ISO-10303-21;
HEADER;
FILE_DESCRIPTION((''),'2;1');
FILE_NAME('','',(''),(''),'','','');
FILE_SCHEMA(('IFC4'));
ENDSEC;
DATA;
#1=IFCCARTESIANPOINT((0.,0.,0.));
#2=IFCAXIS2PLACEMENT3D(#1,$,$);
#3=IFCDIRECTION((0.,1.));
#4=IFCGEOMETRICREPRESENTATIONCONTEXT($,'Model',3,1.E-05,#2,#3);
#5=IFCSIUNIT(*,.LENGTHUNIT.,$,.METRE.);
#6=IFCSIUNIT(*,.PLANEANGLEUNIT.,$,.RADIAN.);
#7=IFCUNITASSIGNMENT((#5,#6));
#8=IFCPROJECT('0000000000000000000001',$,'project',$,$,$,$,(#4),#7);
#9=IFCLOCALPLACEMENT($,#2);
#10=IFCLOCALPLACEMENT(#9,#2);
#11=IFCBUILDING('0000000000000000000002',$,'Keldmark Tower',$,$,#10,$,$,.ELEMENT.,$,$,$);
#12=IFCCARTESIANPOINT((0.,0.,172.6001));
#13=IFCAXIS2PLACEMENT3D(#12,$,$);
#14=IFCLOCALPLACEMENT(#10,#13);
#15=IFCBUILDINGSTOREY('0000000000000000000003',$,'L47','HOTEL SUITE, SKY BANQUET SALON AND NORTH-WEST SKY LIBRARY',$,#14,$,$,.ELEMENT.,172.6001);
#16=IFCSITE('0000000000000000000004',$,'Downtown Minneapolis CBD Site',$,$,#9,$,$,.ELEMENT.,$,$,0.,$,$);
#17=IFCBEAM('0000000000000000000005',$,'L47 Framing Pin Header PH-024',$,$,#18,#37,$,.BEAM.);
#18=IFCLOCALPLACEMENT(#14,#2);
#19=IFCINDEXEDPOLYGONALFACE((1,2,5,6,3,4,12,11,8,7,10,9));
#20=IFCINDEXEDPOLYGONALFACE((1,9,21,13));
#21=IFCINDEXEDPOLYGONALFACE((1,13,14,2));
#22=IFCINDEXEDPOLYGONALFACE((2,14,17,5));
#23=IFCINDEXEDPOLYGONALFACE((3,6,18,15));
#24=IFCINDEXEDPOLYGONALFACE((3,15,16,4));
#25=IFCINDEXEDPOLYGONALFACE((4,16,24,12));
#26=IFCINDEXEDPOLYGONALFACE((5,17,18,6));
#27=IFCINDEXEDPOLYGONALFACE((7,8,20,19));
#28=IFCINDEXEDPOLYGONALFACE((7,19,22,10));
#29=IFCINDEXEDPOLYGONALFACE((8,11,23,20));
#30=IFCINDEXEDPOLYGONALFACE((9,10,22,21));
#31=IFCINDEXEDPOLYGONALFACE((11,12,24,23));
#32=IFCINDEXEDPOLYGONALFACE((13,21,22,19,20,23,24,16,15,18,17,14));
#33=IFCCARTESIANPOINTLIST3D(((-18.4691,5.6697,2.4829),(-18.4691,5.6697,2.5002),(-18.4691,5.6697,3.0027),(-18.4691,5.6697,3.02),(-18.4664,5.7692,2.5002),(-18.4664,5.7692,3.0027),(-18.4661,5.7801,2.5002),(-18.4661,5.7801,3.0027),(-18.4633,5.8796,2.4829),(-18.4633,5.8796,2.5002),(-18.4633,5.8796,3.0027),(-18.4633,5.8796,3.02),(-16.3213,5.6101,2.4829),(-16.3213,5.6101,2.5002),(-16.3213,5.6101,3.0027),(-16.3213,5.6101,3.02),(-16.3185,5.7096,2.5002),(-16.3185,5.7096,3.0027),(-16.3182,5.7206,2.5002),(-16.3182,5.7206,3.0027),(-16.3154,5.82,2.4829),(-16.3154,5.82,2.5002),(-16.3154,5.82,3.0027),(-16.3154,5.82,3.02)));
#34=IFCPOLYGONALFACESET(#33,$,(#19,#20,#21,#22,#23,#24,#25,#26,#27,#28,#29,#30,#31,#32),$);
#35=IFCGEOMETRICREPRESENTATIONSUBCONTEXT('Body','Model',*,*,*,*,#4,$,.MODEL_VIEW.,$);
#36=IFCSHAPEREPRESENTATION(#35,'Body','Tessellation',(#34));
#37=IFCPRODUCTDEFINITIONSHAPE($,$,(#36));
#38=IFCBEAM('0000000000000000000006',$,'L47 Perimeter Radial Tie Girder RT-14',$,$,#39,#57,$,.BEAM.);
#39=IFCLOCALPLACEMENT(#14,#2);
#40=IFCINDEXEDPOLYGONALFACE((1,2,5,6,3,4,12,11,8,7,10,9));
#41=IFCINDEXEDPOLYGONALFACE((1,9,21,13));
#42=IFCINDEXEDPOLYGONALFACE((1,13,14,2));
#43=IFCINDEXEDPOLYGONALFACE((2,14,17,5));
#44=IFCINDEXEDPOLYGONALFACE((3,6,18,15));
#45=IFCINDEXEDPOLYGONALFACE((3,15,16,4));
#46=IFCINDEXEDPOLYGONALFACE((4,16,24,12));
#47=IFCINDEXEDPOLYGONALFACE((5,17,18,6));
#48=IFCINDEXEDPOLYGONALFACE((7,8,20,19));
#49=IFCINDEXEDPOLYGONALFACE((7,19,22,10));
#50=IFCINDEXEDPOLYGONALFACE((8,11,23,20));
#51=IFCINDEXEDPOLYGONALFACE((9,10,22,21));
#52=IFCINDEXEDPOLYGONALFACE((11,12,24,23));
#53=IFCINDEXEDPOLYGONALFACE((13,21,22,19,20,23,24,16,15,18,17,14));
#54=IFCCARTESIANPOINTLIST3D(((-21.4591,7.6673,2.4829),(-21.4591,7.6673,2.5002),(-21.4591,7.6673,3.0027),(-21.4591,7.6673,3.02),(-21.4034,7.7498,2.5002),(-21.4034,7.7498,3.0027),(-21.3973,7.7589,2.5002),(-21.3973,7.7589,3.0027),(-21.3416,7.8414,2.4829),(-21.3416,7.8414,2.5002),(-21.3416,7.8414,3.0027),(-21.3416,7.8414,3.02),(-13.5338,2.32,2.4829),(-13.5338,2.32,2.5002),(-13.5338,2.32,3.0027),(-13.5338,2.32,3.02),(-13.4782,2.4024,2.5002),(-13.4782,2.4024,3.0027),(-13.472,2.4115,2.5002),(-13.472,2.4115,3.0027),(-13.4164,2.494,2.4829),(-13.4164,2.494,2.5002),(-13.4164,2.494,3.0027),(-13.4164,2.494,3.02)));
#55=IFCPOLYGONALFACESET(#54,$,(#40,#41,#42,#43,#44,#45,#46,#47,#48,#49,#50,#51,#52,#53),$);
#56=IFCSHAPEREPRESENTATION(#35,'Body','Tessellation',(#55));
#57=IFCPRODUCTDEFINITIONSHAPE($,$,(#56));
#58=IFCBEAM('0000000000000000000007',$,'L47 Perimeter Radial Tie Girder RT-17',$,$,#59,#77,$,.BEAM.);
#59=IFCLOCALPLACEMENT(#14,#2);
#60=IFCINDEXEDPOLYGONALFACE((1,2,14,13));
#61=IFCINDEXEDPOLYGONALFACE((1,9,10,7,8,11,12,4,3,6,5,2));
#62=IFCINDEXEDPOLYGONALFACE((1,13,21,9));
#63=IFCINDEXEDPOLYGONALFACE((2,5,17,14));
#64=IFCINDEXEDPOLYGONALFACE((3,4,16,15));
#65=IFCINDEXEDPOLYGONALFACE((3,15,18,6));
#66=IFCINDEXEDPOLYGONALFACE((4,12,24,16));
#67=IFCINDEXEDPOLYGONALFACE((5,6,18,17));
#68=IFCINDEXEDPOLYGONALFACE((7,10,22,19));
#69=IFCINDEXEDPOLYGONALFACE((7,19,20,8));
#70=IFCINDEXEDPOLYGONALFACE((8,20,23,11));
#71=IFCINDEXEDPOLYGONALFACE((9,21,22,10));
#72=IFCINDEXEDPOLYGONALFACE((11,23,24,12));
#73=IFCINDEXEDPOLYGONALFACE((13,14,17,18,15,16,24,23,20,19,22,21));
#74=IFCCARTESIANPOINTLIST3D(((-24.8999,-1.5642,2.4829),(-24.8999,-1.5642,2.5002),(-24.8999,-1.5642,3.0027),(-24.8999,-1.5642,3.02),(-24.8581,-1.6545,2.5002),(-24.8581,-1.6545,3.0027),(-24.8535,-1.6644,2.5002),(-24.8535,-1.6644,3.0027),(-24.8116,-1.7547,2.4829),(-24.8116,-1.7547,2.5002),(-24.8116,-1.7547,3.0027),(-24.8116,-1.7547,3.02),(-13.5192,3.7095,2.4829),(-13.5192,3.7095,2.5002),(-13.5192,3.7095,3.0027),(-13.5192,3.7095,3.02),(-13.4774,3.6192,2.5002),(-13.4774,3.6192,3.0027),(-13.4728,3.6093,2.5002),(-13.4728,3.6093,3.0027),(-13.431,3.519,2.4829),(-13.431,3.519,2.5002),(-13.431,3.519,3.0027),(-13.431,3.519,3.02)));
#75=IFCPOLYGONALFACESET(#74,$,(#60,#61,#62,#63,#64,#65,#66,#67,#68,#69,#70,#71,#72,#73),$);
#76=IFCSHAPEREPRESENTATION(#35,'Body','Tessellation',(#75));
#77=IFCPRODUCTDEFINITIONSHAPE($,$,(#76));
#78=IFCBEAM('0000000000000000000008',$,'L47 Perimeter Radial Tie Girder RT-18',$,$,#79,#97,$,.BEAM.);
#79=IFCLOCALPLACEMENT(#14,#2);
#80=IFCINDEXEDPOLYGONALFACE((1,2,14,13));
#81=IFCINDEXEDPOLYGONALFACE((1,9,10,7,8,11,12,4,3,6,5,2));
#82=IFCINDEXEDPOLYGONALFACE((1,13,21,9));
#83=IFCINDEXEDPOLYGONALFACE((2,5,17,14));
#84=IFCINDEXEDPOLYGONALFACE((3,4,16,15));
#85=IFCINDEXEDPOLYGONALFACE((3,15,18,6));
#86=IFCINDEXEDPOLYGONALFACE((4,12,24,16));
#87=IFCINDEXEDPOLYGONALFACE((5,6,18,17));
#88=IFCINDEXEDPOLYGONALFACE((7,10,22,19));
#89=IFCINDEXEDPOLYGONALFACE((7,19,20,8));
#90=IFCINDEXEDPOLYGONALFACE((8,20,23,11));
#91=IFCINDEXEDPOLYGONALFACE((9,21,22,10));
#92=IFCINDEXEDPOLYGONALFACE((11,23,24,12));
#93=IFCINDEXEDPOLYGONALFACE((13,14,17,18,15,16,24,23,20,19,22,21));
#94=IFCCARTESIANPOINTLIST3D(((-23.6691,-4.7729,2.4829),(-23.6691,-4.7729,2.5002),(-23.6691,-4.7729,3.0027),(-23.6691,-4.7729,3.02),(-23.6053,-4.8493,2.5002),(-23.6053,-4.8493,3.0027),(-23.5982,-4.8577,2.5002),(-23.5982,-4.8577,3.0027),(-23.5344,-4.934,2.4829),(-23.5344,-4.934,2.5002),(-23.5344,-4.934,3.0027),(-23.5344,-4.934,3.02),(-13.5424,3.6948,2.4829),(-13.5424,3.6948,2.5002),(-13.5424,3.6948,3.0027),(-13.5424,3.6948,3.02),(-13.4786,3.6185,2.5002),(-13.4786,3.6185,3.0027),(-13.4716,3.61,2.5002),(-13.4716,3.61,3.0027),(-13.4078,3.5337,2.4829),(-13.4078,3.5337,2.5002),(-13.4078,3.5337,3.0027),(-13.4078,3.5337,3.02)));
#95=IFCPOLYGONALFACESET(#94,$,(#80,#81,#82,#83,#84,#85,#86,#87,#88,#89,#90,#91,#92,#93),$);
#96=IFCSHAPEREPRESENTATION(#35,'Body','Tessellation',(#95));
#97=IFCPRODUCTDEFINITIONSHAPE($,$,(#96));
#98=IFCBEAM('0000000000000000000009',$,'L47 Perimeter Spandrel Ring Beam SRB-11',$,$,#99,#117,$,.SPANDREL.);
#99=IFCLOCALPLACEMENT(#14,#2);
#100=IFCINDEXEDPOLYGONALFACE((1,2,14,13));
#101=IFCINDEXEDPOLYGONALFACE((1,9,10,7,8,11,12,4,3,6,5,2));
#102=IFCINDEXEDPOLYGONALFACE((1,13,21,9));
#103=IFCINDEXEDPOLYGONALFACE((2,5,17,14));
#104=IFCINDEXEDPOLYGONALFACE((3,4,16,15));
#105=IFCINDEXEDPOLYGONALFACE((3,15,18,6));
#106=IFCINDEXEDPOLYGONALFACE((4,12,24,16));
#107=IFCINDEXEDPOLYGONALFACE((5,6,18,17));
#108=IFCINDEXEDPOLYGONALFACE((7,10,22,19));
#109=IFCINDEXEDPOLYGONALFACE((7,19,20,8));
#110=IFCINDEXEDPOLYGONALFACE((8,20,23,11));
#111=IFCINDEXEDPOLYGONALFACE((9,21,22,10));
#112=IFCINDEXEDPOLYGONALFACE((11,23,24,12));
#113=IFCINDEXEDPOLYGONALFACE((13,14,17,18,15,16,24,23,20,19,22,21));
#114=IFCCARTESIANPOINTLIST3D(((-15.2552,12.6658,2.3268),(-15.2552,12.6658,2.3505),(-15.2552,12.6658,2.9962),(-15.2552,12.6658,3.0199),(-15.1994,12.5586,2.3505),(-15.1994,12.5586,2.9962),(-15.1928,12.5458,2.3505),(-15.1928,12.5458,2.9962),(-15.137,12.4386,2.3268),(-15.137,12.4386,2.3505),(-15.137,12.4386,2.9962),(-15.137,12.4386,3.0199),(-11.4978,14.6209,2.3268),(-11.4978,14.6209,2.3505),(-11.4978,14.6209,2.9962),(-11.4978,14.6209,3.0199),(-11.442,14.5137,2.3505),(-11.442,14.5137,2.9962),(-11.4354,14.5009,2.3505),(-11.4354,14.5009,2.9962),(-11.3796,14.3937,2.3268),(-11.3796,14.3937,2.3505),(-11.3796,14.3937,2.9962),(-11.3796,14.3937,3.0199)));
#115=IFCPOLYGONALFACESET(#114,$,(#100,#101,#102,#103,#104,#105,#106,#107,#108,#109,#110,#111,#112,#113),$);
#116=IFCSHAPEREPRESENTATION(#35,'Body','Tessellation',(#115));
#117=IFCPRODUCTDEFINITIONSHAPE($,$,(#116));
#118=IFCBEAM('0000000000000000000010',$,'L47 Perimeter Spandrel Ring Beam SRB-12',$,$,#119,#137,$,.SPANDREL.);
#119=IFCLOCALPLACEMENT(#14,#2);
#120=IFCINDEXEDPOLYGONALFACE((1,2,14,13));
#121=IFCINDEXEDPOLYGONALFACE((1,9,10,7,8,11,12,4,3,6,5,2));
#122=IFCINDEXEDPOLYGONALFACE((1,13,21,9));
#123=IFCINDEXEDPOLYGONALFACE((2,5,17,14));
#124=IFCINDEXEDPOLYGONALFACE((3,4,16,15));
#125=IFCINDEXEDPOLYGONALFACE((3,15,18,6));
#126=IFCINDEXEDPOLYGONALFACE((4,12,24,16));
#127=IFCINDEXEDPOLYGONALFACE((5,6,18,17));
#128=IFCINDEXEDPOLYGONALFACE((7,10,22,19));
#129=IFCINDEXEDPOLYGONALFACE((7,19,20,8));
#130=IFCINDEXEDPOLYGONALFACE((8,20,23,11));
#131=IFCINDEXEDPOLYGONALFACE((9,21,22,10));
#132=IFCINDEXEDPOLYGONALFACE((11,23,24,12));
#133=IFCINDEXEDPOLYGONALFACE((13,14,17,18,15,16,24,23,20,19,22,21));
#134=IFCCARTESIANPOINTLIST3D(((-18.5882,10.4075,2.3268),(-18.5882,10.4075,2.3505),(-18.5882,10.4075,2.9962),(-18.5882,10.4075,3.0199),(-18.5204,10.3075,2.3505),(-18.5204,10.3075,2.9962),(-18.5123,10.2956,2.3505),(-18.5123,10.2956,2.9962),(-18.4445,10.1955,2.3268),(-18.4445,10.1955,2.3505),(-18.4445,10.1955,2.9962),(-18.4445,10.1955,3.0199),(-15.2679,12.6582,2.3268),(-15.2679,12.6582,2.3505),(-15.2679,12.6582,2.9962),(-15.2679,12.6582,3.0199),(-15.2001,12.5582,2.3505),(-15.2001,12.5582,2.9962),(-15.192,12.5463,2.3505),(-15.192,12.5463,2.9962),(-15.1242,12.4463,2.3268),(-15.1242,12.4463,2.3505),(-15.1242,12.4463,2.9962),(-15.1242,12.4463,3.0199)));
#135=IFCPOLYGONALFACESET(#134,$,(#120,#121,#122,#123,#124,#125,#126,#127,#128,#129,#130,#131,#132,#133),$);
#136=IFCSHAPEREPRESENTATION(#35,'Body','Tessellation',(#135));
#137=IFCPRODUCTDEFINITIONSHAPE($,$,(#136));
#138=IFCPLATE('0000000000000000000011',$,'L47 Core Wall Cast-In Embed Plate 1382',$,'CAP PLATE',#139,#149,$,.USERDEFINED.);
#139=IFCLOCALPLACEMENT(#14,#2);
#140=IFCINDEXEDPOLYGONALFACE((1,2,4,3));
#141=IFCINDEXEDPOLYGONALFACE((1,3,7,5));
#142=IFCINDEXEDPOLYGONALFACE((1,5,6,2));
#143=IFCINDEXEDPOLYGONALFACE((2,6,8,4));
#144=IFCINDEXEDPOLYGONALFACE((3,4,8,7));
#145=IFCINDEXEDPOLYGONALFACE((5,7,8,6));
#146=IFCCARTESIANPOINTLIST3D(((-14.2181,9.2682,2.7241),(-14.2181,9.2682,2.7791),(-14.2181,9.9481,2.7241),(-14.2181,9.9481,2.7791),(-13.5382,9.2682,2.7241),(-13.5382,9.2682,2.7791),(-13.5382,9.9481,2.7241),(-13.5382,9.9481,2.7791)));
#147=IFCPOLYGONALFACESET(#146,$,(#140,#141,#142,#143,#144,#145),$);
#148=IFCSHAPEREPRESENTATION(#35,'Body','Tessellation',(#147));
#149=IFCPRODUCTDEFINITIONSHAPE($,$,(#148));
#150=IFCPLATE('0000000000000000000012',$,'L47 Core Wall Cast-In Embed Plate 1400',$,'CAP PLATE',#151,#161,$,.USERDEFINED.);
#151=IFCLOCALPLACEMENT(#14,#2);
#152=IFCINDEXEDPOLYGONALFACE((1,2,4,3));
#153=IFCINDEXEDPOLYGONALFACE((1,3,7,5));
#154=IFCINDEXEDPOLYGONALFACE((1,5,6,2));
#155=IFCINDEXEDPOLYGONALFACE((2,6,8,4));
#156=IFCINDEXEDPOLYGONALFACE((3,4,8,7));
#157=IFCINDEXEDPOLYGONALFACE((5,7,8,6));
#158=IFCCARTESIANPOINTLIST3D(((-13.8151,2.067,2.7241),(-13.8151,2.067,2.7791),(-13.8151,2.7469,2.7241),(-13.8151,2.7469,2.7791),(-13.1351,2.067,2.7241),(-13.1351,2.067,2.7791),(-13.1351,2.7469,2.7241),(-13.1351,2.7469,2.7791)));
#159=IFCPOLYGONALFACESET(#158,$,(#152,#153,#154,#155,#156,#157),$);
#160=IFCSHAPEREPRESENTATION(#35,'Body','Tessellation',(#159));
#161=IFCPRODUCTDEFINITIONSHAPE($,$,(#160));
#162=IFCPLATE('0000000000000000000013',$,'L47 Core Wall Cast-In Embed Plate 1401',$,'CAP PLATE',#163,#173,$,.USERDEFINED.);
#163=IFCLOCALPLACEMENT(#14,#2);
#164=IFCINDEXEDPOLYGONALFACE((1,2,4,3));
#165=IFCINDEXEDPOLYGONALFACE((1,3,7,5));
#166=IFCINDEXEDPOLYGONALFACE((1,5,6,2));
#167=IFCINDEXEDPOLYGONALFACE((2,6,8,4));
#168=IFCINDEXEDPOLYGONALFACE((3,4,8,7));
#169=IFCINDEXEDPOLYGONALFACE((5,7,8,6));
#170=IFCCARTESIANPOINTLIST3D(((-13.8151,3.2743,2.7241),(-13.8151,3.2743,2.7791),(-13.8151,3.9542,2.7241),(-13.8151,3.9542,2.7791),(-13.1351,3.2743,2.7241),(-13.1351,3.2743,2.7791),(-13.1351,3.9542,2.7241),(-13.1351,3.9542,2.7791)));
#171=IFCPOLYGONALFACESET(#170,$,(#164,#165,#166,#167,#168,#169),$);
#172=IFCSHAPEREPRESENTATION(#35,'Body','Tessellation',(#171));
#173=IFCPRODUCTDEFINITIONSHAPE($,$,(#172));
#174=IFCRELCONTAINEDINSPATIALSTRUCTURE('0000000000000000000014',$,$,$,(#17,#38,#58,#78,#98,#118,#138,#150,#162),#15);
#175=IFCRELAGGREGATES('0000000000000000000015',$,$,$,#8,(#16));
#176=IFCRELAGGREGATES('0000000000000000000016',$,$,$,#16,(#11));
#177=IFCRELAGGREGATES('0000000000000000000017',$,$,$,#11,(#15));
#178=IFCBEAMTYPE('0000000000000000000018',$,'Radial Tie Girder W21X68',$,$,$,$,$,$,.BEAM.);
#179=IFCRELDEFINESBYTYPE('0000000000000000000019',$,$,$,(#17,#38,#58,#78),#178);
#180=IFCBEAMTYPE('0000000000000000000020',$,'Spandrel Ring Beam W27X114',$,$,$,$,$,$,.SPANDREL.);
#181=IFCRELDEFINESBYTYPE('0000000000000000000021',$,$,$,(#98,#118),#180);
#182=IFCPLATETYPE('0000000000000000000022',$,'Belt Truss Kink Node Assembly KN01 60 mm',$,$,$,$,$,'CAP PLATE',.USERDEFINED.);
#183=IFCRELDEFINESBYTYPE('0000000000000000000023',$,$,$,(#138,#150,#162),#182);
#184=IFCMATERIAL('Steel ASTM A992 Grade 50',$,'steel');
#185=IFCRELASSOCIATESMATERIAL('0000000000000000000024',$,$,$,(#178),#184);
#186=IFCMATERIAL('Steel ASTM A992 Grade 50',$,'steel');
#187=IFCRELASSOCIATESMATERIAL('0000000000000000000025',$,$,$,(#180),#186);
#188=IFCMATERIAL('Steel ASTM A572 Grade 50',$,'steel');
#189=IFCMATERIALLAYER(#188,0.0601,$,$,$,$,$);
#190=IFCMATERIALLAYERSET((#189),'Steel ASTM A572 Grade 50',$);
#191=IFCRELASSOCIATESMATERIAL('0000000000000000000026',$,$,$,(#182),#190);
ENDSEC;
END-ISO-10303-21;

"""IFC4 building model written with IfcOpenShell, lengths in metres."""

from ifc_helpers import new_model, si_unit, direction, frame, origin, origin_2d, place, context, subcontext, project, spatial, rectangle, i_section, extrude, material, layer, layer_set, material_profile, profile_set, type_object, element, save


model = new_model("IFC4")

# Units and contexts
model_context = context("Model", 3, precision=1e-05, world=origin(), true_north=direction((0.0, 1.0)))
body_context = subcontext(model_context, "Body", "Model", "MODEL_VIEW")
ifc_project = project(units=[si_unit("LENGTHUNIT", "METRE"), si_unit("PLANEANGLEUNIT", "RADIAN")], contexts=[model_context])

# Site, building, storey
site_placement = place(None, origin())
site = spatial("IfcSite", under=ifc_project, at=site_placement, Name="Downtown Minneapolis CBD Site", CompositionType="ELEMENT", RefElevation=0.0)
building_placement = place(site_placement, origin())
building = spatial("IfcBuilding", under=site, at=building_placement, Name="Keldmark Tower", CompositionType="ELEMENT")
storey_placement = place(building_placement, frame((0.0, 0.0, 172.6001)))
storey = spatial("IfcBuildingStorey", under=building, at=storey_placement, Name="L47", Description="HOTEL SUITE, SKY BANQUET SALON AND NORTH-WEST SKY LIBRARY", CompositionType="ELEMENT", Elevation=172.6001)

# Beams
ifc_material_1 = material(Name="Steel ASTM A992 Grade 50", Category="steel")
ifc_material_profile_1 = material_profile(ifc_material_1, i_section(OverallWidth=0.21, OverallDepth=0.5371, WebThickness=0.011, FlangeThickness=0.0173, at=origin_2d()), Name="W21X68")
ifc_profile_set_1 = profile_set([ifc_material_profile_1], Name="Steel ASTM A992 Grade 50")
beam_type_1 = type_object("IfcBeamType", Name="Radial Tie Girder W21X68", PredefinedType="BEAM", material=ifc_profile_set_1)
beam_1_placement = place(storey_placement, frame((-16.3184, 5.7151, 2.7515), z_axis=(-0.999616, 0.027723, 0.0), x_axis=(-0.027723, -0.999616, 0.0)))
element("IfcBeam", 1, at=beam_1_placement, inside=storey, type_object=beam_type_1, Name="L47 Framing Pin Header PH-024", PredefinedType="BEAM", context=body_context, shape_type="SweptSolid", body=[
    extrude(i_section(OverallWidth=0.21, OverallDepth=0.5371, WebThickness=0.011, FlangeThickness=0.0173, at=origin_2d()), origin(), (0.0, 0.0, 1.0), 2.1487),
])
beam_2_placement = place(storey_placement, frame((-13.4751, 2.407, 2.7515), z_axis=(-0.828953, 0.559318, 0.0), x_axis=(-0.559318, -0.828953, 0.0)))
element("IfcBeam", 2, at=beam_2_placement, inside=storey, type_object=beam_type_1, Name="L47 Perimeter Radial Tie Girder RT-14", PredefinedType="BEAM", context=body_context, shape_type="SweptSolid", body=[
    extrude(i_section(OverallWidth=0.21, OverallDepth=0.5371, WebThickness=0.011, FlangeThickness=0.0173, at=origin_2d()), origin(), (0.0, 0.0, 1.0), 9.5605),
])
beam_3_placement = place(storey_placement, frame((-13.4751, 3.6143, 2.7515), z_axis=(-0.907319, -0.420444, 0.0), x_axis=(0.420444, -0.907319, 0.0)))
element("IfcBeam", 3, at=beam_3_placement, inside=storey, type_object=beam_type_1, Name="L47 Perimeter Radial Tie Girder RT-17", PredefinedType="BEAM", context=body_context, shape_type="SweptSolid", body=[
    extrude(i_section(OverallWidth=0.21, OverallDepth=0.5371, WebThickness=0.011, FlangeThickness=0.0173, at=origin_2d()), origin(), (0.0, 0.0, 1.0), 12.5432),
])
beam_4_placement = place(storey_placement, frame((-13.4751, 3.6143, 2.7515), z_axis=(-0.767145, -0.641473, 0.0), x_axis=(0.641473, -0.767145, 0.0)))
element("IfcBeam", 4, at=beam_4_placement, inside=storey, type_object=beam_type_1, Name="L47 Perimeter Radial Tie Girder RT-18", PredefinedType="BEAM", context=body_context, shape_type="SweptSolid", body=[
    extrude(i_section(OverallWidth=0.21, OverallDepth=0.5371, WebThickness=0.011, FlangeThickness=0.0173, at=origin_2d()), origin(), (0.0, 0.0, 1.0), 13.2004),
])
ifc_material_2 = material(Name="Steel ASTM A992 Grade 50", Category="steel")
ifc_material_profile_2 = material_profile(ifc_material_2, i_section(OverallWidth=0.2561, OverallDepth=0.6931, WebThickness=0.0144, FlangeThickness=0.0237, at=origin_2d()), Name="W27X114")
ifc_profile_set_2 = profile_set([ifc_material_profile_2], Name="Steel ASTM A992 Grade 50")
beam_type_2 = type_object("IfcBeamType", Name="Spandrel Ring Beam W27X114", PredefinedType="SPANDREL", material=ifc_profile_set_2)
beam_5_placement = place(storey_placement, frame((-11.4387, 14.5073, 2.6733), z_axis=(-0.887094, -0.461589, 0.0), x_axis=(0.461589, -0.887094, 0.0)))
element("IfcBeam", 5, at=beam_5_placement, inside=storey, type_object=beam_type_2, Name="L47 Perimeter Spandrel Ring Beam SRB-11", PredefinedType="SPANDREL", context=body_context, shape_type="SweptSolid", body=[
    extrude(i_section(OverallWidth=0.2561, OverallDepth=0.6931, WebThickness=0.0144, FlangeThickness=0.0237, at=origin_2d()), origin(), (0.0, 0.0, 1.0), 4.2356),
])
beam_6_placement = place(storey_placement, frame((-15.196, 12.5522, 2.6733), z_axis=(-0.827746, -0.561102, 0.0), x_axis=(0.561102, -0.827746, 0.0)))
element("IfcBeam", 6, at=beam_6_placement, inside=storey, type_object=beam_type_2, Name="L47 Perimeter Spandrel Ring Beam SRB-12", PredefinedType="SPANDREL", context=body_context, shape_type="SweptSolid", body=[
    extrude(i_section(OverallWidth=0.2561, OverallDepth=0.6931, WebThickness=0.0144, FlangeThickness=0.0237, at=origin_2d()), origin(), (0.0, 0.0, 1.0), 4.0112),
])

# Plates
ifc_material_3 = material(Name="Steel ASTM A572 Grade 50", Category="steel")
ifc_layer_1 = layer(ifc_material_3, 0.0601)
ifc_layer_set_1 = layer_set([ifc_layer_1], Name="Steel ASTM A572 Grade 50")
plate_type = type_object("IfcPlateType", Name="Belt Truss Kink Node Assembly KN01 60 mm", ElementType="CAP PLATE", PredefinedType="USERDEFINED", material=ifc_layer_set_1)
for number, where, z_axis, x_axis, name in (
    (7, (-13.8782, 9.6082, 2.7241), (0.0, 0.0, 1.0), (1.0, 0.0, 0.0), "L47 Core Wall Cast-In Embed Plate 1382"),
    (8, (-13.4751, 2.407, 2.7241), (0.0, 0.0, 1.0), (1.0, 0.0, 0.0), "L47 Core Wall Cast-In Embed Plate 1400"),
    (9, (-13.4751, 3.6143, 2.7241), (0.0, 0.0, 1.0), (1.0, 0.0, 0.0), "L47 Core Wall Cast-In Embed Plate 1401"),
):
    element("IfcPlate", number, at=place(storey_placement, frame(where, z_axis=z_axis, x_axis=x_axis)), inside=storey, type_object=plate_type, Name=name, ObjectType="CAP PLATE", PredefinedType="USERDEFINED", context=body_context, shape_type="SweptSolid", body=[
        extrude(rectangle(XDim=0.6799, YDim=0.6799, at=origin_2d()), origin(), (0.0, 0.0, 1.0), 0.0549),
    ])

save(model, "model.ifc")
